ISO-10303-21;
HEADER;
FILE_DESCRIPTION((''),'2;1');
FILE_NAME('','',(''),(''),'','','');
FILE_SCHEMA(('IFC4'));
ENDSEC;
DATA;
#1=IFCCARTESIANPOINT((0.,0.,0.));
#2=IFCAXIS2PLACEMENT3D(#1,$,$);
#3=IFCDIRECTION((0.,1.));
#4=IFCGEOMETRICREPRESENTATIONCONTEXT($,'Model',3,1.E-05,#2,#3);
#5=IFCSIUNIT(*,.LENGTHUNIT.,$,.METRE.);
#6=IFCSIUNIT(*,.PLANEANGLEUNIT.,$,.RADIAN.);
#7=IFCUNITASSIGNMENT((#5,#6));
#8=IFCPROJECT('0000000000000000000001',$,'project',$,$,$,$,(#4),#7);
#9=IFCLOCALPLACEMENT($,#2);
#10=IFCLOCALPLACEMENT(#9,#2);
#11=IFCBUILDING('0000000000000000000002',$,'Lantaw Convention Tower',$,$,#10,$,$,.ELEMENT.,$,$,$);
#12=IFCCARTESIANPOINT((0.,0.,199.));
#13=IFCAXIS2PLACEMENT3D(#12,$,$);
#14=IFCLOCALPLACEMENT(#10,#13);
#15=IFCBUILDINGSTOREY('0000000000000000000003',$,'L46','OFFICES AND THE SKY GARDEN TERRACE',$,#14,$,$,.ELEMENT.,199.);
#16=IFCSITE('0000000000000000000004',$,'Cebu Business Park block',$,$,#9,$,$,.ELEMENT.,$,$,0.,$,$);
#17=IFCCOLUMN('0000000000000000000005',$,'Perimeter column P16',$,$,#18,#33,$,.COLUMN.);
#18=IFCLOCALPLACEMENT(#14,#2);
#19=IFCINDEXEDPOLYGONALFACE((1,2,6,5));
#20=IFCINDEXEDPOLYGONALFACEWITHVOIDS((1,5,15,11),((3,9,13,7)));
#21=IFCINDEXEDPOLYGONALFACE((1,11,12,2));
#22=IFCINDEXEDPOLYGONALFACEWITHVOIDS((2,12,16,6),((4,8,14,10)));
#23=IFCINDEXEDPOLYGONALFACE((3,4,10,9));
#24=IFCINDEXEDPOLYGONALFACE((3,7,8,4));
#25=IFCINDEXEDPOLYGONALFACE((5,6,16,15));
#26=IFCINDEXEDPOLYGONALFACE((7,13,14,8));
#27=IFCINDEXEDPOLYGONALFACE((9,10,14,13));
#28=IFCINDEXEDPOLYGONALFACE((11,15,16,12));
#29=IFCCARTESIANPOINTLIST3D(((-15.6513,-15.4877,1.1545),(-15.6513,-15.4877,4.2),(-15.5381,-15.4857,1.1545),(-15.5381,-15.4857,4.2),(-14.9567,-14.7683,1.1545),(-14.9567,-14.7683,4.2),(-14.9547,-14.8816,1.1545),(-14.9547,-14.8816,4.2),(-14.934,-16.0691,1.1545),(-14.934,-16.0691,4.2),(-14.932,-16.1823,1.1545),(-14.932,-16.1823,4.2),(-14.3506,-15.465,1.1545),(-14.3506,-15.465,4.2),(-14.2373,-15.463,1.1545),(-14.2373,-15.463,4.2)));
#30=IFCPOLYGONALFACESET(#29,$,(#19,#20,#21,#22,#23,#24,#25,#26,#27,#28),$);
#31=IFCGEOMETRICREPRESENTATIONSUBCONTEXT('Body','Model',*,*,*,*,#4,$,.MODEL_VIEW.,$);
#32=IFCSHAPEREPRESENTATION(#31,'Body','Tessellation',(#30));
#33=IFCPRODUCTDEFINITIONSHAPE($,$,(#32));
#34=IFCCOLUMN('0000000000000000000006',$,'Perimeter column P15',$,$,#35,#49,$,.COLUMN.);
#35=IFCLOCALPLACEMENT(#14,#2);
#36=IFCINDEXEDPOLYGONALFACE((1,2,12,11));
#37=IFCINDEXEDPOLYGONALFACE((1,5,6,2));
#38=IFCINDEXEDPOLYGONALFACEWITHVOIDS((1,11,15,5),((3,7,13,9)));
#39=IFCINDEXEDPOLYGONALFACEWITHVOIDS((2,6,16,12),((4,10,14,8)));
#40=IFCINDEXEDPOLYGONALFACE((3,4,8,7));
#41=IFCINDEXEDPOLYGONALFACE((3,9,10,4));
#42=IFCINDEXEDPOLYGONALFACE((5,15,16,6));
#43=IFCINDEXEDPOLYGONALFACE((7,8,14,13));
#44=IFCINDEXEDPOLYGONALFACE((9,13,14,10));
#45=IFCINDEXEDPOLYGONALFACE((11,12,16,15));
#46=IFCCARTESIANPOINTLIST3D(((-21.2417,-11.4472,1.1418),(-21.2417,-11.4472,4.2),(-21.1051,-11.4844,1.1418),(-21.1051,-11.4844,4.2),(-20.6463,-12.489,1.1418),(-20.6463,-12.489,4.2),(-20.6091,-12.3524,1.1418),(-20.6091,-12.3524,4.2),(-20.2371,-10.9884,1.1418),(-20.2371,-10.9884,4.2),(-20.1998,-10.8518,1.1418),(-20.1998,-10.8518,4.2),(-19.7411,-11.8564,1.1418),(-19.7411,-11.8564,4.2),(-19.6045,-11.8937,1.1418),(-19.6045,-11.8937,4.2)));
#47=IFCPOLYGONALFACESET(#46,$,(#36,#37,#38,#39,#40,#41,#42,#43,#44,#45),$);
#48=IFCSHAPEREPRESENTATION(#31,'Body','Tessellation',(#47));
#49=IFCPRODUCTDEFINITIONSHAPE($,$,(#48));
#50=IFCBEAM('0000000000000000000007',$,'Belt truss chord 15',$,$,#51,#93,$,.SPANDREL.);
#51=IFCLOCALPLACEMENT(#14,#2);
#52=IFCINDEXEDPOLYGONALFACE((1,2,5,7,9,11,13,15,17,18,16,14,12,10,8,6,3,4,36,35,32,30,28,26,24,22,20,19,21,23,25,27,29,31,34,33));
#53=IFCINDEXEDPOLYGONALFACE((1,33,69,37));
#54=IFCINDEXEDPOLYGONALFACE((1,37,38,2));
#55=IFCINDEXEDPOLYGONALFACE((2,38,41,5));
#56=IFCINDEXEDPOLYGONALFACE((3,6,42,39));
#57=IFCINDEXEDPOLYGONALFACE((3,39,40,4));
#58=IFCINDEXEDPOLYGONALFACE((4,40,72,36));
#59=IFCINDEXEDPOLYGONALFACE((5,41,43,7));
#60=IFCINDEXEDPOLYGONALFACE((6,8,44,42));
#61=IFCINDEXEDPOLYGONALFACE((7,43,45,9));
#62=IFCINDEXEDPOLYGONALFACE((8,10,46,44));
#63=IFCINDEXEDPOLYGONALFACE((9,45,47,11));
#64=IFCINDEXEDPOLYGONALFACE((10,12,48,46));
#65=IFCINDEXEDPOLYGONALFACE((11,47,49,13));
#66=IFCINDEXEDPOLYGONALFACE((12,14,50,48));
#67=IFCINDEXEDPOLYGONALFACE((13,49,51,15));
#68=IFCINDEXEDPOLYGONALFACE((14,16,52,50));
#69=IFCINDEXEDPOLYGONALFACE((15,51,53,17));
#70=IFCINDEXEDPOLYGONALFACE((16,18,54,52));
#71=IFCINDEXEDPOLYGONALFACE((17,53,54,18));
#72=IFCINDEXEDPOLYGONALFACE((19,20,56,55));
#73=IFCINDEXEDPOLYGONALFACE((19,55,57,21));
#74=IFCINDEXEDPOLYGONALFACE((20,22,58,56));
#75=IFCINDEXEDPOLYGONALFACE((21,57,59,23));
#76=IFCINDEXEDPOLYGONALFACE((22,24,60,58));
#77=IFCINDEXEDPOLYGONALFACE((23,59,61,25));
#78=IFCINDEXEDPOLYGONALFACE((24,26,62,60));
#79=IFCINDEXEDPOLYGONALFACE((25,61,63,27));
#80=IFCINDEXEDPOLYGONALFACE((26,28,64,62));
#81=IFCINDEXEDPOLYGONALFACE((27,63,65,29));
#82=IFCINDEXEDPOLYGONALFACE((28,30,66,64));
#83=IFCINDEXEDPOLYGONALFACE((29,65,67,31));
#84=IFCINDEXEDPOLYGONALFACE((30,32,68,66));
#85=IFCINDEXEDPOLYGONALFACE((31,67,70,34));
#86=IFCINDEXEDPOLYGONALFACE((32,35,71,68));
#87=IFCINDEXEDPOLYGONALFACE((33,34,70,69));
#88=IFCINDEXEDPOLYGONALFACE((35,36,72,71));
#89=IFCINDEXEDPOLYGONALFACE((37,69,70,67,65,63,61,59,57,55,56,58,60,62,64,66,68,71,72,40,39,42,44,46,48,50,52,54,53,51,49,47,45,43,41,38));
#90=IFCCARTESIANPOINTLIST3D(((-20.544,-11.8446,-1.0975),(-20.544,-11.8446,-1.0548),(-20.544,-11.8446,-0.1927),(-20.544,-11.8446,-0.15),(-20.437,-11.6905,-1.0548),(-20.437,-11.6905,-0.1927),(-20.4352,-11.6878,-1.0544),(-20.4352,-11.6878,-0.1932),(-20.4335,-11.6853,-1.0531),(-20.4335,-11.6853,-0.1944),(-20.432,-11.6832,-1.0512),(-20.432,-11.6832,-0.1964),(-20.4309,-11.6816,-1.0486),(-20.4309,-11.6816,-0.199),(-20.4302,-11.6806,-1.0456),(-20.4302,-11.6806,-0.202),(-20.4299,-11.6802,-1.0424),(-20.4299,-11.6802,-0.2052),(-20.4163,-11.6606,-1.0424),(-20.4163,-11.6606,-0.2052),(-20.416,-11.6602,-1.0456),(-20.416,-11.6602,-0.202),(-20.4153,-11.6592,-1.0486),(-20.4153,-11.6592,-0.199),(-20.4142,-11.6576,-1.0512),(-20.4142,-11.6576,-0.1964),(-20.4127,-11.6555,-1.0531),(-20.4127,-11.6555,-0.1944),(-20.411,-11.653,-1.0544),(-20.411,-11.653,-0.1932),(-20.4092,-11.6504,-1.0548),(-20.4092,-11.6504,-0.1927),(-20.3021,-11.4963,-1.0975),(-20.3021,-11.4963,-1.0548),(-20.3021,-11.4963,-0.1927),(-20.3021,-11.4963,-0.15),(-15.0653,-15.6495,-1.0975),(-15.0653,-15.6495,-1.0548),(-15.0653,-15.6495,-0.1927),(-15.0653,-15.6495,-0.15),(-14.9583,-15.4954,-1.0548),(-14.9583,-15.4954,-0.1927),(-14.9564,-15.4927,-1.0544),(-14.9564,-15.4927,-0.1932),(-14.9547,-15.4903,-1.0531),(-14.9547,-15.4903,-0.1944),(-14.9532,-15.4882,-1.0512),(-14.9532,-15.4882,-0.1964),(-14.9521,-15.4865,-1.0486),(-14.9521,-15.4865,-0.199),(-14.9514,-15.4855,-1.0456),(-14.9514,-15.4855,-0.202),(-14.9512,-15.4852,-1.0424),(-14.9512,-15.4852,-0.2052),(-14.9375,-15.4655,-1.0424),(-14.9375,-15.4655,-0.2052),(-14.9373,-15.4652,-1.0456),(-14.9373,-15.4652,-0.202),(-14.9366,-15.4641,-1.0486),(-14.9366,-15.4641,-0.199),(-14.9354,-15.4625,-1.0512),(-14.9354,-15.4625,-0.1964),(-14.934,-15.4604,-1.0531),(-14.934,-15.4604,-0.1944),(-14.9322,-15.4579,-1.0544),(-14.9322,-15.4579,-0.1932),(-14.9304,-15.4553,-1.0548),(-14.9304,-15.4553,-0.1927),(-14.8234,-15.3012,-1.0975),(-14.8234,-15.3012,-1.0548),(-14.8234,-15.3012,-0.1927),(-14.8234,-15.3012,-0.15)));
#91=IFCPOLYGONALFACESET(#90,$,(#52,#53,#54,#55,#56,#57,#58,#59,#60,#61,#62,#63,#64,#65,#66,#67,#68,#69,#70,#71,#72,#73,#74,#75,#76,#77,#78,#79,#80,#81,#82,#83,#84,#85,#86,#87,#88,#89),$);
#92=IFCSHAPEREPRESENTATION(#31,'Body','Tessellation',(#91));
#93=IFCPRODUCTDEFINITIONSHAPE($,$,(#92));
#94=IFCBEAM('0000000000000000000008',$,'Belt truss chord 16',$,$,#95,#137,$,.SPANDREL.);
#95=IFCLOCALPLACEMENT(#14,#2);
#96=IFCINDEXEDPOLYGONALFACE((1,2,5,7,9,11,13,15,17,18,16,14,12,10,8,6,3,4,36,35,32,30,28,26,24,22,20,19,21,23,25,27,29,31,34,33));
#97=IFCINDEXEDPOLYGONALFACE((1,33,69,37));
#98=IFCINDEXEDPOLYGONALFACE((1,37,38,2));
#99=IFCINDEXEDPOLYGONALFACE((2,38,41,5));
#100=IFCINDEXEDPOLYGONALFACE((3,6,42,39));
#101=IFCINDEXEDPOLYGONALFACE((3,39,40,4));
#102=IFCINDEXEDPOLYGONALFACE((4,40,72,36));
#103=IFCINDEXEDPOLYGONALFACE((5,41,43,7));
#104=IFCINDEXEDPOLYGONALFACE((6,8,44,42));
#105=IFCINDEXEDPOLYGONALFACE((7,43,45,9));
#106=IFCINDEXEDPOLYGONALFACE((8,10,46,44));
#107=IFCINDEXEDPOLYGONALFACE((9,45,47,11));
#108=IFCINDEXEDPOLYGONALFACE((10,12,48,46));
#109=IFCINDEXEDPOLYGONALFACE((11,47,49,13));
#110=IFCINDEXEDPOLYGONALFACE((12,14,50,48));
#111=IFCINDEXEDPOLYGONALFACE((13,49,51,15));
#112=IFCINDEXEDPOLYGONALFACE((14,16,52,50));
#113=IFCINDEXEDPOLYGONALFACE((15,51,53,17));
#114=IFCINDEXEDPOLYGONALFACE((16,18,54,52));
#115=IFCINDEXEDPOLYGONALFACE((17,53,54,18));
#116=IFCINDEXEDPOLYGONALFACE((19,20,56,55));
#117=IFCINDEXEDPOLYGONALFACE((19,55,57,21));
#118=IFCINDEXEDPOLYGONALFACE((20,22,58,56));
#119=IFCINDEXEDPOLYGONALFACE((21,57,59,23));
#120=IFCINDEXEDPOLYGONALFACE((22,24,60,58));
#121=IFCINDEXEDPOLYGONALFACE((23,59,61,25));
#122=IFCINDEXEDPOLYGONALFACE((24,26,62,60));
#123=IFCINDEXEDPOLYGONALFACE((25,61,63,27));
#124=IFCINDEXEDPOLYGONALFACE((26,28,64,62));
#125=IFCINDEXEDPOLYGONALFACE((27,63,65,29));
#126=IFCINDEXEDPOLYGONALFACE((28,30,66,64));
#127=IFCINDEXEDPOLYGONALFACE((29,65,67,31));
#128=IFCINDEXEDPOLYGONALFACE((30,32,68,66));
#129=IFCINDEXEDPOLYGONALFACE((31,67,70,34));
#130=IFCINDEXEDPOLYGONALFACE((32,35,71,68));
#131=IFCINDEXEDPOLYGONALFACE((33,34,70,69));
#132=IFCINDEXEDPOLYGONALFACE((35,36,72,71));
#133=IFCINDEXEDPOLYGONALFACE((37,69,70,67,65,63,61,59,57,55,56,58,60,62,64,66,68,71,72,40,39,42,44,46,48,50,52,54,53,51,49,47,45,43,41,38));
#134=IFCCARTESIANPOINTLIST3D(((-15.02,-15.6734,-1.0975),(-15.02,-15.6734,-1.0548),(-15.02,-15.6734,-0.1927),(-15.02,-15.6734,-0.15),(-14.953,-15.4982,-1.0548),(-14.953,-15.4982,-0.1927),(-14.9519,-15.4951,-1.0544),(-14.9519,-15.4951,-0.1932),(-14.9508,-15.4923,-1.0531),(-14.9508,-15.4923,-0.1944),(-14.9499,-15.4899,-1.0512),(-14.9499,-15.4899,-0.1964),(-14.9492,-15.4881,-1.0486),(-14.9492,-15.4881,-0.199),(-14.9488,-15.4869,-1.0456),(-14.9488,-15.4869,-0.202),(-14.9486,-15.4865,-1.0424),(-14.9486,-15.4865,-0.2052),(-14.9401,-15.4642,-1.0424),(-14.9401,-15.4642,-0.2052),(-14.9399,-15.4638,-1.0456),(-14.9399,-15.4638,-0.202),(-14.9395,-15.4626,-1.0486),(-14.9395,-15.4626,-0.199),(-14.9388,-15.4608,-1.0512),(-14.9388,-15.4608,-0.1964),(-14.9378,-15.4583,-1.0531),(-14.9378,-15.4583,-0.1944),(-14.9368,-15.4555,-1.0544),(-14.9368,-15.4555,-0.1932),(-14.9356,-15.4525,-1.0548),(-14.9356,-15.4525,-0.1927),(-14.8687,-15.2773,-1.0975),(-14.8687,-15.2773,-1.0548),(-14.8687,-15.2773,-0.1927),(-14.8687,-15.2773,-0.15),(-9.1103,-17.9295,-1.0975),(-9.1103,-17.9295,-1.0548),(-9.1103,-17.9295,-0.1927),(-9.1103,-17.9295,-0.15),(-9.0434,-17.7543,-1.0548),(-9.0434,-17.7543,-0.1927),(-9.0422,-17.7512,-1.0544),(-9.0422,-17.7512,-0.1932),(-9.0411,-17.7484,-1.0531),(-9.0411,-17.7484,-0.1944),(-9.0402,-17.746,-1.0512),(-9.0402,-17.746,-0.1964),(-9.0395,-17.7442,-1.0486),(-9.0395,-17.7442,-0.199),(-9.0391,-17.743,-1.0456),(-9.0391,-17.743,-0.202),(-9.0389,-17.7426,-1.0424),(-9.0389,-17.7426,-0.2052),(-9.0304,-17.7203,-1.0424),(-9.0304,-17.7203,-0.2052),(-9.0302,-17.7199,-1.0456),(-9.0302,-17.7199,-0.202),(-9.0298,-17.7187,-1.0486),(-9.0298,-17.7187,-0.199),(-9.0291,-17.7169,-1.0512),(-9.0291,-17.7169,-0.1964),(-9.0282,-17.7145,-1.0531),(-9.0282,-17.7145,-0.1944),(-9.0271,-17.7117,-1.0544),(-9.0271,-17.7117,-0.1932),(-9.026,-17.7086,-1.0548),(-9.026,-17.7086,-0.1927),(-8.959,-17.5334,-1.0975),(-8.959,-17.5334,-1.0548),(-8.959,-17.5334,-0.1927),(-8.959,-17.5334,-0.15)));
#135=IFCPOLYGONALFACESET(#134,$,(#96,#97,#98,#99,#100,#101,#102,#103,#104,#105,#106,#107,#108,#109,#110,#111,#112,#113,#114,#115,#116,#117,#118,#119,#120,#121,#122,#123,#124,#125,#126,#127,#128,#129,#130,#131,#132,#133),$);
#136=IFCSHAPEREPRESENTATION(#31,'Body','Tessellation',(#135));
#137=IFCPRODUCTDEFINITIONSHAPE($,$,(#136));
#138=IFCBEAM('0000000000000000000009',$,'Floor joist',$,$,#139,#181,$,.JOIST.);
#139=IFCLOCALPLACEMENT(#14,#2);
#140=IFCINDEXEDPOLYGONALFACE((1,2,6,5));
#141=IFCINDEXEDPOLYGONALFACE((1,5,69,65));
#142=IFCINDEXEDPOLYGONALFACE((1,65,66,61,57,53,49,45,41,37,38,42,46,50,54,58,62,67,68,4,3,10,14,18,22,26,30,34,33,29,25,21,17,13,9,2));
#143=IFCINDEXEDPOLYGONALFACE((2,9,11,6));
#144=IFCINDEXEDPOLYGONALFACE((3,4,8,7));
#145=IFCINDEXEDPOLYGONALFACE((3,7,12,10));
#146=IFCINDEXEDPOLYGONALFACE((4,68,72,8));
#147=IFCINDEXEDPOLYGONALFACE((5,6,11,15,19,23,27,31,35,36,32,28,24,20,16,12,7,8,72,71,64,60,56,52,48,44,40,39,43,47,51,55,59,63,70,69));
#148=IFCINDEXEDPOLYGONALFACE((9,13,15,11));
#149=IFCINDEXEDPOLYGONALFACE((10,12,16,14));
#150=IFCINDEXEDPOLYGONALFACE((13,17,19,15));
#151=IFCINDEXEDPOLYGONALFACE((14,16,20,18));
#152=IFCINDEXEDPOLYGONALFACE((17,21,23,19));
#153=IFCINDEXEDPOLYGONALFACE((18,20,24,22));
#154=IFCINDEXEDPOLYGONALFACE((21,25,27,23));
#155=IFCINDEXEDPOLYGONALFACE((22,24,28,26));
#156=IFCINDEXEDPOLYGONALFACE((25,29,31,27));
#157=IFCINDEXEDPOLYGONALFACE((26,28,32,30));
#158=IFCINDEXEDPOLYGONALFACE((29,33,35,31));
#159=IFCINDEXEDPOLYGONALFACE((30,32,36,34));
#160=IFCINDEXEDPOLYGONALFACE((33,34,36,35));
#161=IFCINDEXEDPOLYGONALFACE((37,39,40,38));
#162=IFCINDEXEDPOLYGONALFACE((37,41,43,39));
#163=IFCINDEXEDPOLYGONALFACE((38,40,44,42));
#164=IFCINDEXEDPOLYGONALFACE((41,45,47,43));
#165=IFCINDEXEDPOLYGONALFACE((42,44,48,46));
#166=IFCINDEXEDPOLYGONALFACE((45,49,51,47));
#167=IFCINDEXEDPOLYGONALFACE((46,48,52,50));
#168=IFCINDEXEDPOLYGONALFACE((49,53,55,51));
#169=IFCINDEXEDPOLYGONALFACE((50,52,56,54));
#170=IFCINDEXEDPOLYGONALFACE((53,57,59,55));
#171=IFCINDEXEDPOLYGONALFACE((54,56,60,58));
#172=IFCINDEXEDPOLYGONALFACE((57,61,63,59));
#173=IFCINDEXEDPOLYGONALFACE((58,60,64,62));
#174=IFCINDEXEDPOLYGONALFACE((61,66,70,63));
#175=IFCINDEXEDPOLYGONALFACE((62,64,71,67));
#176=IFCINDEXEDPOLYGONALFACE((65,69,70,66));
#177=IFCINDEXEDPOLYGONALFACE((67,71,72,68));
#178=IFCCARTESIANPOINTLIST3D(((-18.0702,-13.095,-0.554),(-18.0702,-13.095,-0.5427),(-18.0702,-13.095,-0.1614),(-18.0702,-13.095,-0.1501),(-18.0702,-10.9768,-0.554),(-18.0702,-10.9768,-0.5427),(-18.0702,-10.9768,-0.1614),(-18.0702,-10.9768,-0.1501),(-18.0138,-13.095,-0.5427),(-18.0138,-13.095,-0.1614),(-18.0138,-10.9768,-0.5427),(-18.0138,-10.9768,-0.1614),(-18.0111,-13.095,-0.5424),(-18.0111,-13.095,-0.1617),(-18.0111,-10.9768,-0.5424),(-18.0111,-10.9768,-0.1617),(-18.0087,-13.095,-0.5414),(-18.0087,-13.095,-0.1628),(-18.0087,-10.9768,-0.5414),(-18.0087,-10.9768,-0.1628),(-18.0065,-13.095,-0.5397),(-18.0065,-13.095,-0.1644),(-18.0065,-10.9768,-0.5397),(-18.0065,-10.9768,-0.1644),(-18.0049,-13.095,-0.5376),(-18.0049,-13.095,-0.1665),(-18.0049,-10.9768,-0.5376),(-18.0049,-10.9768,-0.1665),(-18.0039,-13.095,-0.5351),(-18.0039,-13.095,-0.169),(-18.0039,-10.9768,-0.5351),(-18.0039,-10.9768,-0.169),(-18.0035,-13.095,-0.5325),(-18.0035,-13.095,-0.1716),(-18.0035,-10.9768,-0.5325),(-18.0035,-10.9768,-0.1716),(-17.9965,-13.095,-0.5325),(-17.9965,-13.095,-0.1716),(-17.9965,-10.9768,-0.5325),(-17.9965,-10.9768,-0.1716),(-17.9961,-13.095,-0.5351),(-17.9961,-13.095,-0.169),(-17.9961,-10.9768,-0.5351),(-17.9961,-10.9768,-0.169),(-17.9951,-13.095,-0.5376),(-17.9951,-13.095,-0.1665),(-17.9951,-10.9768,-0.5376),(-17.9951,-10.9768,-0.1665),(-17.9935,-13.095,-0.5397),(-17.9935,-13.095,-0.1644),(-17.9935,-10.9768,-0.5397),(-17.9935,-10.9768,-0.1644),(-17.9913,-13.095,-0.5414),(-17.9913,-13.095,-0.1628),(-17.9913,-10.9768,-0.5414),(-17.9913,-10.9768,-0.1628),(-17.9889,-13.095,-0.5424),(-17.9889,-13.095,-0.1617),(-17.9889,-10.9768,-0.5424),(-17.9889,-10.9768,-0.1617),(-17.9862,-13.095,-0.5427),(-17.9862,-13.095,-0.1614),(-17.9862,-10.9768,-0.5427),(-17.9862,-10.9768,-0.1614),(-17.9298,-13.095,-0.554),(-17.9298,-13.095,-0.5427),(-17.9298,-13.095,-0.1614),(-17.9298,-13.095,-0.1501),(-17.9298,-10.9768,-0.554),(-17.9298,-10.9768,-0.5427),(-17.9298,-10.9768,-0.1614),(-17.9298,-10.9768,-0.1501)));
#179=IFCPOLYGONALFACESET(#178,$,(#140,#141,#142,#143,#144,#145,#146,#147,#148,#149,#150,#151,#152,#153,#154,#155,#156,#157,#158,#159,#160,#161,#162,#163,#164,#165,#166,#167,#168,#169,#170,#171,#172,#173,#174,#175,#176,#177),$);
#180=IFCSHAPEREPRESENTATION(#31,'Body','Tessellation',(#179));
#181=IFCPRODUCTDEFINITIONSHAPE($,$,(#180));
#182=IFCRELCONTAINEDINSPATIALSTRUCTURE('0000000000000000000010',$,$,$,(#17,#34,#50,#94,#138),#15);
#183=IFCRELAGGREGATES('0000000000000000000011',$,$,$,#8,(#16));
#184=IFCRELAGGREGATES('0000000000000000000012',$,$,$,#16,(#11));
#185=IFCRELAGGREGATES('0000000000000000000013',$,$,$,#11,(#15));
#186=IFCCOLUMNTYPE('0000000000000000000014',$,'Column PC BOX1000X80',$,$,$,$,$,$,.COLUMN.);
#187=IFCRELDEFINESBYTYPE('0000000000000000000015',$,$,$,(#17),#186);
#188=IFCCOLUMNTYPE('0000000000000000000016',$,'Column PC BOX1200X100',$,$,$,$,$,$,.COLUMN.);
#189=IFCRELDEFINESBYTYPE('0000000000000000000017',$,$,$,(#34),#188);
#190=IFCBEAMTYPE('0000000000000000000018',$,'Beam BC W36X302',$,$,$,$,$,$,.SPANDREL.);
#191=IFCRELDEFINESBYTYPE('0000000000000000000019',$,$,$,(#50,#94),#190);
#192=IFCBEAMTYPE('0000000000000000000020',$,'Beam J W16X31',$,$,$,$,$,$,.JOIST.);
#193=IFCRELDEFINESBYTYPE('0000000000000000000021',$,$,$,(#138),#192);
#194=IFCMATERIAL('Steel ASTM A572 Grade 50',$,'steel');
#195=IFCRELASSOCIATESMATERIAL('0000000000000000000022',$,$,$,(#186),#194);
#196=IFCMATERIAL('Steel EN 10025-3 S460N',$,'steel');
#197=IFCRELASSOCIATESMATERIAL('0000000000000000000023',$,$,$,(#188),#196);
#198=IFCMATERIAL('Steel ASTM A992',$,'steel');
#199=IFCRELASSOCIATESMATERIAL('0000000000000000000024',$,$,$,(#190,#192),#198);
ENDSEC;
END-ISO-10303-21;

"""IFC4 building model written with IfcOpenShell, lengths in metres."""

from ifc_helpers import new_model, si_unit, direction, frame, origin, origin_2d, place, context, subcontext, project, spatial, rectangle, hollow_rectangle, i_section, extrude, material, material_profile, profile_set, type_object, element, save


model = new_model("IFC4")

# Units and contexts
model_context = context("Model", 3, precision=1e-05, world=origin(), true_north=direction((0.0, 1.0)))
body_context = subcontext(model_context, "Body", "Model", "MODEL_VIEW")
ifc_project = project(units=[si_unit("LENGTHUNIT", "METRE"), si_unit("PLANEANGLEUNIT", "RADIAN")], contexts=[model_context])

# Site, building, storey
site_placement = place(None, origin())
site = spatial("IfcSite", under=ifc_project, at=site_placement, Name="Cebu Business Park block", CompositionType="ELEMENT", RefElevation=0.0)
building_placement = place(site_placement, origin())
building = spatial("IfcBuilding", under=site, at=building_placement, Name="Lantaw Convention Tower", CompositionType="ELEMENT")
storey_placement = place(building_placement, frame((0.0, 0.0, 199.0)))
storey = spatial("IfcBuildingStorey", under=building, at=storey_placement, Name="L46", Description="OFFICES AND THE SKY GARDEN TERRACE", CompositionType="ELEMENT", Elevation=199.0)

# Columns
ifc_material_1 = material(Name="Steel ASTM A572 Grade 50", Category="steel")
ifc_material_profile_1 = material_profile(ifc_material_1, hollow_rectangle(XDim=1.0, YDim=1.0, WallThickness=0.0801, at=origin_2d()), Name="BOX1000X80")
ifc_material_2 = material(Name="Concrete C60/75", Category="concrete")
ifc_material_profile_2 = material_profile(ifc_material_2, rectangle(XDim=0.8401, YDim=0.8401, at=origin_2d()), Name="Concrete fill of BOX1000X80")
ifc_profile_set_1 = profile_set([ifc_material_profile_1, ifc_material_profile_2], Name="Steel ASTM A572 Grade 50")
column_type_1 = type_object("IfcColumnType", Name="Column PC BOX1000X80", PredefinedType="COLUMN", material=ifc_profile_set_1)
column_1_placement = place(storey_placement, frame((-14.9443, -15.4753, 1.1545), z_axis=(0.0, 0.0, 1.0), x_axis=(0.694658, 0.71934, 0.0)))
element("IfcColumn", 1, at=column_1_placement, inside=storey, type_object=column_type_1, Name="Perimeter column P16", PredefinedType="COLUMN", context=body_context, shape_type="SweptSolid", body=[
    extrude(hollow_rectangle(XDim=1.0, YDim=1.0, WallThickness=0.0801, at=origin_2d()), origin(), (0.0, 0.0, 1.0), 3.0454),
])
ifc_material_3 = material(Name="Steel EN 10025-3 S460N", Category="steel")
ifc_material_profile_3 = material_profile(ifc_material_3, hollow_rectangle(XDim=1.2, YDim=1.2, WallThickness=0.1001, at=origin_2d()), Name="BOX1200X100")
ifc_material_profile_4 = material_profile(ifc_material_2, rectangle(XDim=1.0, YDim=1.0, at=origin_2d()), Name="Concrete fill of BOX1200X100")
ifc_profile_set_2 = profile_set([ifc_material_profile_3, ifc_material_profile_4], Name="Steel EN 10025-3 S460N")
column_type_2 = type_object("IfcColumnType", Name="Column PC BOX1200X100", PredefinedType="COLUMN", material=ifc_profile_set_2)
column_2_placement = place(storey_placement, frame((-20.4231, -11.6704, 1.1418), z_axis=(0.0, 0.0, 1.0), x_axis=(0.868243, 0.496139, 0.0)))
element("IfcColumn", 2, at=column_2_placement, inside=storey, type_object=column_type_2, Name="Perimeter column P15", PredefinedType="COLUMN", context=body_context, shape_type="SweptSolid", body=[
    extrude(hollow_rectangle(XDim=1.2, YDim=1.2, WallThickness=0.1001, at=origin_2d()), origin(), (0.0, 0.0, 1.0), 3.0581),
])

# Beams
ifc_material_4 = material(Name="Steel ASTM A992", Category="steel")
ifc_material_profile_5 = material_profile(ifc_material_4, i_section(OverallWidth=0.4241, OverallDepth=0.9475, WebThickness=0.0239, FlangeThickness=0.0427, FilletRadius=0.0125, at=origin_2d()), Name="W36X302")
ifc_profile_set_3 = profile_set([ifc_material_profile_5], Name="Steel ASTM A992")
beam_type_1 = type_object("IfcBeamType", Name="Beam BC W36X302", PredefinedType="SPANDREL", material=ifc_profile_set_3)
beam_1_placement = place(storey_placement, frame((-20.4231, -11.6704, -0.6238), z_axis=(0.821353, -0.57042, 0.0), x_axis=(0.57042, 0.821353, 0.0)))
element("IfcBeam", 3, at=beam_1_placement, inside=storey, type_object=beam_type_1, Name="Belt truss chord 15", PredefinedType="SPANDREL", context=body_context, shape_type="SweptSolid", body=[
    extrude(i_section(OverallWidth=0.4241, OverallDepth=0.9475, WebThickness=0.0239, FlangeThickness=0.0427, FilletRadius=0.0125, at=origin_2d()), origin(), (0.0, 0.0, 1.0), 6.6704),
])
beam_2_placement = place(storey_placement, frame((-14.9443, -15.4753, -0.6238), z_axis=(0.934235, -0.356658, 0.0), x_axis=(0.356658, 0.934235, 0.0)))
element("IfcBeam", 4, at=beam_2_placement, inside=storey, type_object=beam_type_1, Name="Belt truss chord 16", PredefinedType="SPANDREL", context=body_context, shape_type="SweptSolid", body=[
    extrude(i_section(OverallWidth=0.4241, OverallDepth=0.9475, WebThickness=0.0239, FlangeThickness=0.0427, FilletRadius=0.0125, at=origin_2d()), origin(), (0.0, 0.0, 1.0), 6.3257),
])
ifc_material_profile_6 = material_profile(ifc_material_4, i_section(OverallWidth=0.1404, OverallDepth=0.4038, WebThickness=0.0071, FlangeThickness=0.0112, FilletRadius=0.0103, at=origin_2d()), Name="W16X31")
ifc_profile_set_4 = profile_set([ifc_material_profile_6], Name="Steel ASTM A992")
beam_type_2 = type_object("IfcBeamType", Name="Beam J W16X31", PredefinedType="JOIST", material=ifc_profile_set_4)
beam_3_placement = place(storey_placement, frame((-18.0, -13.095, -0.3521), z_axis=(0.0, 1.0, 0.0), x_axis=(-1.0, 0.0, 0.0)))
element("IfcBeam", 5, at=beam_3_placement, inside=storey, type_object=beam_type_2, Name="Floor joist", PredefinedType="JOIST", context=body_context, shape_type="SweptSolid", body=[
    extrude(i_section(OverallWidth=0.1404, OverallDepth=0.4038, WebThickness=0.0071, FlangeThickness=0.0112, FilletRadius=0.0103, at=origin_2d()), origin(), (0.0, 0.0, 1.0), 2.1182),
])

save(model, "model.ifc")
